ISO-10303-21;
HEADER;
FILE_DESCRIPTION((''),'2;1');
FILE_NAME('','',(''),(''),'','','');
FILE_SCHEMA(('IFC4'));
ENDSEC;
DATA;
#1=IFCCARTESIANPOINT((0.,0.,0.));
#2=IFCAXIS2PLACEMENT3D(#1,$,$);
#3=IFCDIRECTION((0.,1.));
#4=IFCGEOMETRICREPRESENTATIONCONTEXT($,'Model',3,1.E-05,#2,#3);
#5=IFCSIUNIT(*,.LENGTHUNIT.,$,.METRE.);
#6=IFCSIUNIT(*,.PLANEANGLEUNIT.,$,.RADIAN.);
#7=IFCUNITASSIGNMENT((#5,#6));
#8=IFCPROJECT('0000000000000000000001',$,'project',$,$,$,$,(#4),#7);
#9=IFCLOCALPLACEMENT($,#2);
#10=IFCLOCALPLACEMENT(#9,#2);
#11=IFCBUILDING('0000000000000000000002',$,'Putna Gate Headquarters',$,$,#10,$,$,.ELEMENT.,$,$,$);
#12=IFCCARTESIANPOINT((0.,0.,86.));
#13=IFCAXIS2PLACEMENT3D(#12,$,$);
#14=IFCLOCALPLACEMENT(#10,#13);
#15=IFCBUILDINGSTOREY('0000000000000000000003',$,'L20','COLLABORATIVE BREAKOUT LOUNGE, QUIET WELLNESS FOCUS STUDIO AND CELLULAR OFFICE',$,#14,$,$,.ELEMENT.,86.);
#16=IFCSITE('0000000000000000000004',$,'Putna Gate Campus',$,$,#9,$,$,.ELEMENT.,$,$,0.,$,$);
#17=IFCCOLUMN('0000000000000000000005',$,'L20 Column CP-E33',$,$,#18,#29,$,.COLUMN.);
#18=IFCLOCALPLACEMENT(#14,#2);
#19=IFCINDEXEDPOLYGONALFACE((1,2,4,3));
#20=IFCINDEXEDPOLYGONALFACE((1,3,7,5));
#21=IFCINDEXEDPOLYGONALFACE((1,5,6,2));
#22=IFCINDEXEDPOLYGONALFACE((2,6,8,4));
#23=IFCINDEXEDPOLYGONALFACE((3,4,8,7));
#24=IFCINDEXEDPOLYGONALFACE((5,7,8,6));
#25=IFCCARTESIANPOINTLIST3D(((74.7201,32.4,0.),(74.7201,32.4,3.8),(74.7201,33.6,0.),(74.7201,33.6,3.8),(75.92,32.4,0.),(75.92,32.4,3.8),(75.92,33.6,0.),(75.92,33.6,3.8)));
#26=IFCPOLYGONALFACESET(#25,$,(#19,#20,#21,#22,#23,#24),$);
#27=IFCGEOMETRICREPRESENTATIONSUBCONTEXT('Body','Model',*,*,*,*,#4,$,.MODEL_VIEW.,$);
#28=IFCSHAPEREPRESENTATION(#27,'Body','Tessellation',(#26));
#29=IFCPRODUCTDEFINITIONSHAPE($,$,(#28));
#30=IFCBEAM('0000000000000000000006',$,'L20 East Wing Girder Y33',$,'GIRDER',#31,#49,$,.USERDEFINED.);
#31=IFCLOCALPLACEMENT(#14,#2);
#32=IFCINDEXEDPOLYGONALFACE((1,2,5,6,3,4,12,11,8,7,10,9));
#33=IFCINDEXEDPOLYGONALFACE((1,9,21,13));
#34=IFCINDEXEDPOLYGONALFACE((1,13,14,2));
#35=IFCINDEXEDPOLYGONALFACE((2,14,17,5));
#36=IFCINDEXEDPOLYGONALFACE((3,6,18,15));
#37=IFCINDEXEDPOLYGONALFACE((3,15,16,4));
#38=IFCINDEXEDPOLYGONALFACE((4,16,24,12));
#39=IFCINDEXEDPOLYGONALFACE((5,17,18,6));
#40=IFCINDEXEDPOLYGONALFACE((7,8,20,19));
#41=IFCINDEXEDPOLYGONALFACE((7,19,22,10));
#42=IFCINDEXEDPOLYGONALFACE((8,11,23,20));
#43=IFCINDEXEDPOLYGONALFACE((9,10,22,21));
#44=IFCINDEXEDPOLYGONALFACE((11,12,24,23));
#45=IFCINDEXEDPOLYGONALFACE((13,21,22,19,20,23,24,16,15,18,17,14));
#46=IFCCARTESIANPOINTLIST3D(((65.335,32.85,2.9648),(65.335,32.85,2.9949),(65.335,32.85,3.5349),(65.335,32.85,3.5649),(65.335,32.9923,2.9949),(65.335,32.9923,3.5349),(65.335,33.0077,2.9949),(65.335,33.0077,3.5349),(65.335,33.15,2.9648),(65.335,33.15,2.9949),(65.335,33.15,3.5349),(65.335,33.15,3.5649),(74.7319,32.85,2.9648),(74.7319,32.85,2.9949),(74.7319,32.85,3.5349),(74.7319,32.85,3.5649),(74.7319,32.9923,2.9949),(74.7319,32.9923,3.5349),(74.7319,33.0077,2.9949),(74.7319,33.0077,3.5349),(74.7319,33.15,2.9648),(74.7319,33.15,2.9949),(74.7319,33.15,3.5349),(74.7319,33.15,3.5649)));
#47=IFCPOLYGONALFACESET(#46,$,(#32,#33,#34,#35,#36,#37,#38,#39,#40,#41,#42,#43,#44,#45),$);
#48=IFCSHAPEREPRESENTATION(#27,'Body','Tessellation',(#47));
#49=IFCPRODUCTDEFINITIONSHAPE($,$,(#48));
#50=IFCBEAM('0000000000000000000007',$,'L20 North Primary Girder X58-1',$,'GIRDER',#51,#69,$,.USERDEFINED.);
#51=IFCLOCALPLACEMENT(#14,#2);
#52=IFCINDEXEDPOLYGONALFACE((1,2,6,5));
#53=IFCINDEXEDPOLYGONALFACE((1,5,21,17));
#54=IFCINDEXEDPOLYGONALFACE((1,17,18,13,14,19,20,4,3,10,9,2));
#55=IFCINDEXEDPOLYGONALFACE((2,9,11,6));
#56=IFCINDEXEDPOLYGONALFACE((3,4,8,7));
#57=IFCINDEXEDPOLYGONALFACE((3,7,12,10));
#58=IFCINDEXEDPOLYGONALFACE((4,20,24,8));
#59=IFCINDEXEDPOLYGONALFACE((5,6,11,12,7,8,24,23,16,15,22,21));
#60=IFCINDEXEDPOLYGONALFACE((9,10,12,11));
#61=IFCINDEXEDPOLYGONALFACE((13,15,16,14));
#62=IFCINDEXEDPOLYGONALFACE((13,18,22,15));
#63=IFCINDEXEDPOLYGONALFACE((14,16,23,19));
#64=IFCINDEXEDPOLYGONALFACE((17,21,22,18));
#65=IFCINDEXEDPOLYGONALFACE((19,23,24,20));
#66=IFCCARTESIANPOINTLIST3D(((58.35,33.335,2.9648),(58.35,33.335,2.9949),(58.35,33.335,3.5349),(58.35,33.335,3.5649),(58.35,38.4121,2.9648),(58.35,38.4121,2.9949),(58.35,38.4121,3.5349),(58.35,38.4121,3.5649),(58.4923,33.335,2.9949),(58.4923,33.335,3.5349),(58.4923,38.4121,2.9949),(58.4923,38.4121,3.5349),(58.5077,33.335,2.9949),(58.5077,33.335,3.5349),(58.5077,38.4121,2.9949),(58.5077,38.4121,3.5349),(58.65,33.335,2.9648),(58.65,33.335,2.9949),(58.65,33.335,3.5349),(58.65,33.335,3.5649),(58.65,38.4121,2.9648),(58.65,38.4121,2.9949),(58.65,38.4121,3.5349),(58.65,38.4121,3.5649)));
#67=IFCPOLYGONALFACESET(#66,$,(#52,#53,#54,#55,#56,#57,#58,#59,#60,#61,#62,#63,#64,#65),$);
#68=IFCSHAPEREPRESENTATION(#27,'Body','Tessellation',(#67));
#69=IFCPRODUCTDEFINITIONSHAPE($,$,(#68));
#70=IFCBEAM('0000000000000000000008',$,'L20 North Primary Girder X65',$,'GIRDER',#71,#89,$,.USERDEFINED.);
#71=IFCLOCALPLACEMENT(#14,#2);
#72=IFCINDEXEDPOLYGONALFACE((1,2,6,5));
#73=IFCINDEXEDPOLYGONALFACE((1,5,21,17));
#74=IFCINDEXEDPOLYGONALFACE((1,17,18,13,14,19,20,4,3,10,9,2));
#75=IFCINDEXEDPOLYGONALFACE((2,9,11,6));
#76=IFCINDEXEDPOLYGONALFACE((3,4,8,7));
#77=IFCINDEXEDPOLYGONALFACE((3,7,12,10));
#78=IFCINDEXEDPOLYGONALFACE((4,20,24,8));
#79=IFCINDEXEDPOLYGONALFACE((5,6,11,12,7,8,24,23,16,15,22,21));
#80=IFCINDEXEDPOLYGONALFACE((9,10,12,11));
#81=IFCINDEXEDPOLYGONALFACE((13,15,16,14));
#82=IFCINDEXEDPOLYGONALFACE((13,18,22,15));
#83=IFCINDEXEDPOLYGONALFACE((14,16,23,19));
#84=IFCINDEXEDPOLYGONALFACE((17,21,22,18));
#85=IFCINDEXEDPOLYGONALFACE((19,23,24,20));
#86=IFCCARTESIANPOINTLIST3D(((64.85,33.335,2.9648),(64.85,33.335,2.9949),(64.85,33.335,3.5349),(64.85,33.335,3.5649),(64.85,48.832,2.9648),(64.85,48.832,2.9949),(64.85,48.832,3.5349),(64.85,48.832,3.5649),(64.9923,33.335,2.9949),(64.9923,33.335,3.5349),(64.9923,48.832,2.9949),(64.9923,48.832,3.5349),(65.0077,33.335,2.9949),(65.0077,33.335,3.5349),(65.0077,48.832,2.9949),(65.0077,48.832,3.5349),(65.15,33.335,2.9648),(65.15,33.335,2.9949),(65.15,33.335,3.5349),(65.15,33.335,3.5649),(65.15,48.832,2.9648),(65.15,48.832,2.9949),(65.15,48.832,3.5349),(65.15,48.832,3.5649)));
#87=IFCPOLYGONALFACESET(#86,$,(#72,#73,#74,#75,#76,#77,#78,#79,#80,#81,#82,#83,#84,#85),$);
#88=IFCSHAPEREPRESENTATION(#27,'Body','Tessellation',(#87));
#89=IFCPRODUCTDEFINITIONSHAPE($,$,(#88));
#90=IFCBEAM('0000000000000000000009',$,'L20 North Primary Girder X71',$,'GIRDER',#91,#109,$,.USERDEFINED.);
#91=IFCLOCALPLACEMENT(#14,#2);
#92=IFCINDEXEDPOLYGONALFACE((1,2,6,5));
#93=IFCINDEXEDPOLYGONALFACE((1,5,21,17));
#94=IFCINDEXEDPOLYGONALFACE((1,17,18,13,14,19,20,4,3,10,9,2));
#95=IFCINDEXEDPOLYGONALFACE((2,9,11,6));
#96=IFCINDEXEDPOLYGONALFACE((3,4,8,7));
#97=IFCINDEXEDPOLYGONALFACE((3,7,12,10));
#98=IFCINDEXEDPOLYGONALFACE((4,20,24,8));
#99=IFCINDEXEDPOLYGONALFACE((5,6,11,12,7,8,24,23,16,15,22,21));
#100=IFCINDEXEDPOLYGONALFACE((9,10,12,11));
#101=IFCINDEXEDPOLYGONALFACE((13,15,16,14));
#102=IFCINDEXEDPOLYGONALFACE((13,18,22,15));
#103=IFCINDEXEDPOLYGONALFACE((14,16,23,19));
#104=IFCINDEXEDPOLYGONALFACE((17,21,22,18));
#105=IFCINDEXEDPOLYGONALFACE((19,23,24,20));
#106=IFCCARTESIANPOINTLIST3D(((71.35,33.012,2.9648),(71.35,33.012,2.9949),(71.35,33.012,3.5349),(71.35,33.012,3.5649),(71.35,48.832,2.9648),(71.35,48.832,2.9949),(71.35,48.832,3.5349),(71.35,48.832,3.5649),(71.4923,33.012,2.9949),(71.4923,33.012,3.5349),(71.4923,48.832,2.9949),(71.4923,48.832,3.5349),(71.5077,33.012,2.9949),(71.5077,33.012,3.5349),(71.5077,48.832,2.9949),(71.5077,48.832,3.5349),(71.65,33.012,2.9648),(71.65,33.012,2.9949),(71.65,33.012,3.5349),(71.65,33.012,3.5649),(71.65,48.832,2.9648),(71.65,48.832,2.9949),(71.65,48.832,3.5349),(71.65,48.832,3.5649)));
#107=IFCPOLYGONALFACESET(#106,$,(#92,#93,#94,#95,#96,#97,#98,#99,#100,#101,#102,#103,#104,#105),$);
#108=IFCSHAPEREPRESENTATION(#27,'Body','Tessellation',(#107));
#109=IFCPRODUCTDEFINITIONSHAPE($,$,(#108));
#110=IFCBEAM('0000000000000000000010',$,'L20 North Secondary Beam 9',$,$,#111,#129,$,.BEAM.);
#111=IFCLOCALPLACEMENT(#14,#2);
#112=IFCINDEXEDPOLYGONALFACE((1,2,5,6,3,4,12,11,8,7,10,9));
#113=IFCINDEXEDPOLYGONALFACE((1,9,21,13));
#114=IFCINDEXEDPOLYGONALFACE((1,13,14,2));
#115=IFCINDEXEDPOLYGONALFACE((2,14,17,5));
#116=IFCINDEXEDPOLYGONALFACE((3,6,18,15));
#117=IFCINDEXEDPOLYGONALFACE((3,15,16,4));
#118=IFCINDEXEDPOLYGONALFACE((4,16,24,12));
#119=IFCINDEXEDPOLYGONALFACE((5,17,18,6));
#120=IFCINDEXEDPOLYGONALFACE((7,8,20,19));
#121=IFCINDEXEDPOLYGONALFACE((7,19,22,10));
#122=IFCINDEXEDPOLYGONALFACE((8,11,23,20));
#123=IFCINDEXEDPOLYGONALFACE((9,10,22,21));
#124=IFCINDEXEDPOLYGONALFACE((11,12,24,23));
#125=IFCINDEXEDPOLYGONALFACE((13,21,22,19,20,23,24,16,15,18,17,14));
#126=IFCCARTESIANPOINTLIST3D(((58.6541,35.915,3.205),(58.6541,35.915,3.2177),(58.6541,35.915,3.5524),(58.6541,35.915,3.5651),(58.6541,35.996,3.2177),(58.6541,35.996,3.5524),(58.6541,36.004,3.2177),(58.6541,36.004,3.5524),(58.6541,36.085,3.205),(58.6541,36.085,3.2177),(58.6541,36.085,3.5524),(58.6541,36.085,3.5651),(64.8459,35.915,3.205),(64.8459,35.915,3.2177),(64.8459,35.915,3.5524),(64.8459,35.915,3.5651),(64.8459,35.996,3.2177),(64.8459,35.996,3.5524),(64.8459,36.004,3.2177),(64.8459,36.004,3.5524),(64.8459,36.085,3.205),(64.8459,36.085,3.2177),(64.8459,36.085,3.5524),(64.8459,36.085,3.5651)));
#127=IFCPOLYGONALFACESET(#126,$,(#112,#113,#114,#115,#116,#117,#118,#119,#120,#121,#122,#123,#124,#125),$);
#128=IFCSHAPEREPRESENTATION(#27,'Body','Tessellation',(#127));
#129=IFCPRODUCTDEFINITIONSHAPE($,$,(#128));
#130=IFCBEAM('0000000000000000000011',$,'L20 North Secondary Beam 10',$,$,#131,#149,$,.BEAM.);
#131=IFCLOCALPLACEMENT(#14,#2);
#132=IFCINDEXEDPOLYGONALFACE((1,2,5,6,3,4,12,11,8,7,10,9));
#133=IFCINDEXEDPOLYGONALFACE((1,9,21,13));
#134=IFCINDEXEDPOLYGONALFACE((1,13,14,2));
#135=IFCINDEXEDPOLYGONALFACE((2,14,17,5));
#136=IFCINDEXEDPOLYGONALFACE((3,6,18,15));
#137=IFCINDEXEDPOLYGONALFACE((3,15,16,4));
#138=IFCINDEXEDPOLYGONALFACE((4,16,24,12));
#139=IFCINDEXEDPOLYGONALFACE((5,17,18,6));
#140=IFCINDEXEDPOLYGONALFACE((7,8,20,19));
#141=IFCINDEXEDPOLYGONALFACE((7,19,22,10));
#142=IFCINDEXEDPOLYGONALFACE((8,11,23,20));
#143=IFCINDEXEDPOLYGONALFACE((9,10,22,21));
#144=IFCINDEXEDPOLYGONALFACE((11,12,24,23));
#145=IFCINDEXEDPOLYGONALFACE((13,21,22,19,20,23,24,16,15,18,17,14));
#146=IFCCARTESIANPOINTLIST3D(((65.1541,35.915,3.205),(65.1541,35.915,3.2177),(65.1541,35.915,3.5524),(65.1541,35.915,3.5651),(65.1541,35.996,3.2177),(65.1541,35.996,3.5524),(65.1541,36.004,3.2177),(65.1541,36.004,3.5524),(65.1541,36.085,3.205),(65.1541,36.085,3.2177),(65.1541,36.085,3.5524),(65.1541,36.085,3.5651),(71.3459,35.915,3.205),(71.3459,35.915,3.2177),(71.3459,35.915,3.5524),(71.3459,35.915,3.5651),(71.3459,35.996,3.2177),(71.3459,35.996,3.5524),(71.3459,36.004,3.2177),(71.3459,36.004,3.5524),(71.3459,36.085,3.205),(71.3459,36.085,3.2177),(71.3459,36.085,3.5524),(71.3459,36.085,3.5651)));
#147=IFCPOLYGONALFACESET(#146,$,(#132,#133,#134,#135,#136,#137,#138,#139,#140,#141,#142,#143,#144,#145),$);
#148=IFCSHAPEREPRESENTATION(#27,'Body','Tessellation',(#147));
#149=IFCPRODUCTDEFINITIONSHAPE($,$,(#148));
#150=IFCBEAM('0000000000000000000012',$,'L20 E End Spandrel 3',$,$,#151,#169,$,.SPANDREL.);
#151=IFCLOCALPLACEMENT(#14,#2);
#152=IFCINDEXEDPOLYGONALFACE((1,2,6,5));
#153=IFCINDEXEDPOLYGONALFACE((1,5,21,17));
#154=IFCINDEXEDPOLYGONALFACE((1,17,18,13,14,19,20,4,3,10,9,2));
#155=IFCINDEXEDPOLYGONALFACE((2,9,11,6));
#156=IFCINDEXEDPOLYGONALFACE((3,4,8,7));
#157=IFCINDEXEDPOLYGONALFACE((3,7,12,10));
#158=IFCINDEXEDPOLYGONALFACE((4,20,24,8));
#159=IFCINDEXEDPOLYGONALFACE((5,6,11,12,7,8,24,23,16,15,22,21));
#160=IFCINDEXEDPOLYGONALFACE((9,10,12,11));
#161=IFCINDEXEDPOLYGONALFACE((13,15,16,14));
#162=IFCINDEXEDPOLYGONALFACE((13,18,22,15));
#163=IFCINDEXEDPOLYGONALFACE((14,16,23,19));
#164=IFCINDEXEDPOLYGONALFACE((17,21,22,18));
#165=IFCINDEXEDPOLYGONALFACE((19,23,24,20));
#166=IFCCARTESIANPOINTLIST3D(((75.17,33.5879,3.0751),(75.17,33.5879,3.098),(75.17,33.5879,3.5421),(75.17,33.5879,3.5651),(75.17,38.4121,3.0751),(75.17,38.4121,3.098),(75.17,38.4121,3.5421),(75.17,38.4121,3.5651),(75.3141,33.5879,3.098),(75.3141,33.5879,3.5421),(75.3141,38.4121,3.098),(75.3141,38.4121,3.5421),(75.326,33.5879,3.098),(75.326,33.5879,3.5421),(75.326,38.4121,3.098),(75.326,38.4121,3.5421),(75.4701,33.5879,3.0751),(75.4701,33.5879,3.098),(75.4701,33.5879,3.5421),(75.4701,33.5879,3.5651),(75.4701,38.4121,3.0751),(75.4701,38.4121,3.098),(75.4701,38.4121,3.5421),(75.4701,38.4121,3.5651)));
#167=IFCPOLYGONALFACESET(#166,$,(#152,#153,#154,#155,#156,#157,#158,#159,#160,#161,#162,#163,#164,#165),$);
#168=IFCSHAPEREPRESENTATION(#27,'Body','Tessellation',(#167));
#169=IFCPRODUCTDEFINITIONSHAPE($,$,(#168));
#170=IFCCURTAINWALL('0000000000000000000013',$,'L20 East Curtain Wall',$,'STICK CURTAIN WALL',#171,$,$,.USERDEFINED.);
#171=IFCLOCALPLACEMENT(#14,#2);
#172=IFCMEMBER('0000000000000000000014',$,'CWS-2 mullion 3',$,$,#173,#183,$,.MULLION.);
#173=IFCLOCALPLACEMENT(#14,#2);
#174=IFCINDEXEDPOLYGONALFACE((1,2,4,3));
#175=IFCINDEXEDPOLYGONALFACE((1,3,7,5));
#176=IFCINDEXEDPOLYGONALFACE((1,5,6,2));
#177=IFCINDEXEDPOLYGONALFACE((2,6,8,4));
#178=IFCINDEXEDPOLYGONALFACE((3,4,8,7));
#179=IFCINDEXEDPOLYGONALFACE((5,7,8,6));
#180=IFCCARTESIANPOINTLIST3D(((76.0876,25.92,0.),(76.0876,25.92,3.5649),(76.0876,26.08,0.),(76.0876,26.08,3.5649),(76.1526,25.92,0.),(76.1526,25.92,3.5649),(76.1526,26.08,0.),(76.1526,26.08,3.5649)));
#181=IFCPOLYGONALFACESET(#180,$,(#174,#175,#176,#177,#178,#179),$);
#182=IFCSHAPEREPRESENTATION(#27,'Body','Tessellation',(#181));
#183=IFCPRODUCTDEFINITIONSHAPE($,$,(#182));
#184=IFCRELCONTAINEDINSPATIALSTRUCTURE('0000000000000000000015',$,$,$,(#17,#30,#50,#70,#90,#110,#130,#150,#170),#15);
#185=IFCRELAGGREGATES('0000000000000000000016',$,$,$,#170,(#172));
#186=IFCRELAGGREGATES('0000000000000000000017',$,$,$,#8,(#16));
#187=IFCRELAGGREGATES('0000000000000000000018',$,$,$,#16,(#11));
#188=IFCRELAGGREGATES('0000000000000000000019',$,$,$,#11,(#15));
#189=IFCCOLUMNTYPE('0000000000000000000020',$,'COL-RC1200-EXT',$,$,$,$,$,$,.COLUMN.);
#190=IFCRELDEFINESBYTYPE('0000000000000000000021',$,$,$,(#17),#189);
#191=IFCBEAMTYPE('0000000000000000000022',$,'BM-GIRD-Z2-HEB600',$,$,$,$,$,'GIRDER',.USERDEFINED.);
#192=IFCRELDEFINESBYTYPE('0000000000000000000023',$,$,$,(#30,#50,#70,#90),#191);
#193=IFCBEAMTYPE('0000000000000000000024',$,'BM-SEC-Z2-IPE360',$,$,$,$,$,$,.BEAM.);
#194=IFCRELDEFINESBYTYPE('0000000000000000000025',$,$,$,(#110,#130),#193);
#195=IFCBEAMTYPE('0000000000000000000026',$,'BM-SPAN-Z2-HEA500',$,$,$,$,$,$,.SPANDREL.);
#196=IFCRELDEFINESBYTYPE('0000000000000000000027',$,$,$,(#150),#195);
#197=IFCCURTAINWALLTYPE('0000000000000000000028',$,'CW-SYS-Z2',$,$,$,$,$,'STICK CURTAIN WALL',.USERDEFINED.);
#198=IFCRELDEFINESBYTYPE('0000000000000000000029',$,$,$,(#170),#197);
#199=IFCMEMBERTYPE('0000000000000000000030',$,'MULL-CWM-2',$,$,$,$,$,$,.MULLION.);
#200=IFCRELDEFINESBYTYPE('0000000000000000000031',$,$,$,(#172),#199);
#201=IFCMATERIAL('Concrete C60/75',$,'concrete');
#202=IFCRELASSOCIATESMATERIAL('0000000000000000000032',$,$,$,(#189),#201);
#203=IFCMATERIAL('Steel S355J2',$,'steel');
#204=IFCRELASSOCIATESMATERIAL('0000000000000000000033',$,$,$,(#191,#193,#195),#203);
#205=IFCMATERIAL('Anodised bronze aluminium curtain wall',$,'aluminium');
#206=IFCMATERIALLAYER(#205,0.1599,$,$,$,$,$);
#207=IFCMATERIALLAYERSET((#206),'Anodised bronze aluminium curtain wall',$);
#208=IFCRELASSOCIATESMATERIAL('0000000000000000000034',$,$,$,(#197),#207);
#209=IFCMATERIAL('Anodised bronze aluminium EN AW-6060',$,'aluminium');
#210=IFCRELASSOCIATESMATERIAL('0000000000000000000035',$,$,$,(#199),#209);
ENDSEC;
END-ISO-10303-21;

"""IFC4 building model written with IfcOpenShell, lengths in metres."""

from ifc_helpers import new_model, si_unit, direction, frame, origin, origin_2d, place, context, subcontext, project, spatial, rectangle, i_section, extrude, material, layer, layer_set, material_profile, profile_set, type_object, element, aggregate, save


model = new_model("IFC4")

# Units and contexts
model_context = context("Model", 3, precision=1e-05, world=origin(), true_north=direction((0.0, 1.0)))
body_context = subcontext(model_context, "Body", "Model", "MODEL_VIEW")
ifc_project = project(units=[si_unit("LENGTHUNIT", "METRE"), si_unit("PLANEANGLEUNIT", "RADIAN")], contexts=[model_context])

# Site, building, storey
site_placement = place(None, origin())
site = spatial("IfcSite", under=ifc_project, at=site_placement, Name="Putna Gate Campus", CompositionType="ELEMENT", RefElevation=0.0)
building_placement = place(site_placement, origin())
building = spatial("IfcBuilding", under=site, at=building_placement, Name="Putna Gate Headquarters", CompositionType="ELEMENT")
storey_placement = place(building_placement, frame((0.0, 0.0, 86.0)))
storey = spatial("IfcBuildingStorey", under=building, at=storey_placement, Name="L20", Description="COLLABORATIVE BREAKOUT LOUNGE, QUIET WELLNESS FOCUS STUDIO AND CELLULAR OFFICE", CompositionType="ELEMENT", Elevation=86.0)

# Column
ifc_material_1 = material(Name="Concrete C60/75", Category="concrete")
ifc_material_profile_1 = material_profile(ifc_material_1, rectangle(XDim=1.2, YDim=1.2, at=origin_2d()), Name="Concrete C60/75")
ifc_profile_set_1 = profile_set([ifc_material_profile_1], Name="Concrete C60/75")
column_type = type_object("IfcColumnType", Name="COL-RC1200-EXT", PredefinedType="COLUMN", material=ifc_profile_set_1)
column_placement = place(storey_placement, frame((75.3201, 33.0, 0.0), z_axis=(0.0, 0.0, 1.0), x_axis=(1.0, 0.0, 0.0)))
element("IfcColumn", 1, at=column_placement, inside=storey, type_object=column_type, Name="L20 Column CP-E33", PredefinedType="COLUMN", context=body_context, shape_type="SweptSolid", body=[
    extrude(rectangle(XDim=1.2, YDim=1.2, at=origin_2d()), origin(), (0.0, 0.0, 1.0), 3.8),
])

# Beams
ifc_material_2 = material(Name="Steel S355J2", Category="steel")
ifc_material_profile_2 = material_profile(ifc_material_2, i_section(OverallWidth=0.3, OverallDepth=0.6001, WebThickness=0.0154, FlangeThickness=0.03, at=origin_2d()), Name="Steel S355J2")
ifc_profile_set_2 = profile_set([ifc_material_profile_2], Name="Steel S355J2")
beam_type_1 = type_object("IfcBeamType", Name="BM-GIRD-Z2-HEB600", ElementType="GIRDER", PredefinedType="USERDEFINED", material=ifc_profile_set_2)
beam_1_placement = place(storey_placement, frame((65.335, 33.0, 3.2649), z_axis=(1.0, 0.0, 0.0), x_axis=(0.0, 1.0, 0.0)))
element("IfcBeam", 2, at=beam_1_placement, inside=storey, type_object=beam_type_1, Name="L20 East Wing Girder Y33", ObjectType="GIRDER", PredefinedType="USERDEFINED", context=body_context, shape_type="SweptSolid", body=[
    extrude(i_section(OverallWidth=0.3, OverallDepth=0.6001, WebThickness=0.0154, FlangeThickness=0.03, at=origin_2d()), origin(), (0.0, 0.0, 1.0), 9.397),
])
beam_2_placement = place(storey_placement, frame((58.5, 33.335, 3.2649), z_axis=(0.0, 1.0, 0.0), x_axis=(-1.0, 0.0, 0.0)))
element("IfcBeam", 3, at=beam_2_placement, inside=storey, type_object=beam_type_1, Name="L20 North Primary Girder X58-1", ObjectType="GIRDER", PredefinedType="USERDEFINED", context=body_context, shape_type="SweptSolid", body=[
    extrude(i_section(OverallWidth=0.3, OverallDepth=0.6001, WebThickness=0.0154, FlangeThickness=0.03, at=origin_2d()), origin(), (0.0, 0.0, 1.0), 5.0771),
])
beam_3_placement = place(storey_placement, frame((65.0, 33.335, 3.2649), z_axis=(0.0, 1.0, 0.0), x_axis=(-1.0, 0.0, 0.0)))
element("IfcBeam", 4, at=beam_3_placement, inside=storey, type_object=beam_type_1, Name="L20 North Primary Girder X65", ObjectType="GIRDER", PredefinedType="USERDEFINED", context=body_context, shape_type="SweptSolid", body=[
    extrude(i_section(OverallWidth=0.3, OverallDepth=0.6001, WebThickness=0.0154, FlangeThickness=0.03, at=origin_2d()), origin(), (0.0, 0.0, 1.0), 15.4971),
])
beam_4_placement = place(storey_placement, frame((71.5, 33.012, 3.2649), z_axis=(0.0, 1.0, 0.0), x_axis=(-1.0, 0.0, 0.0)))
element("IfcBeam", 5, at=beam_4_placement, inside=storey, type_object=beam_type_1, Name="L20 North Primary Girder X71", ObjectType="GIRDER", PredefinedType="USERDEFINED", context=body_context, shape_type="SweptSolid", body=[
    extrude(i_section(OverallWidth=0.3, OverallDepth=0.6001, WebThickness=0.0154, FlangeThickness=0.03, at=origin_2d()), origin(), (0.0, 0.0, 1.0), 15.8201),
])
ifc_material_profile_3 = material_profile(ifc_material_2, i_section(OverallWidth=0.1699, OverallDepth=0.3601, WebThickness=0.0081, FlangeThickness=0.0127, at=origin_2d()), Name="Steel S355J2")
ifc_profile_set_3 = profile_set([ifc_material_profile_3], Name="Steel S355J2")
beam_type_2 = type_object("IfcBeamType", Name="BM-SEC-Z2-IPE360", PredefinedType="BEAM", material=ifc_profile_set_3)
for number, where, z_axis, x_axis, name in (
    (6, (58.6541, 36.0, 3.385), (1.0, 0.0, 0.0), (0.0, 1.0, 0.0), "L20 North Secondary Beam 9"),
    (7, (65.1541, 36.0, 3.385), (1.0, 0.0, 0.0), (0.0, 1.0, 0.0), "L20 North Secondary Beam 10"),
):
    element("IfcBeam", number, at=place(storey_placement, frame(where, z_axis=z_axis, x_axis=x_axis)), inside=storey, type_object=beam_type_2, Name=name, PredefinedType="BEAM", context=body_context, shape_type="SweptSolid", body=[
        extrude(i_section(OverallWidth=0.1699, OverallDepth=0.3601, WebThickness=0.0081, FlangeThickness=0.0127, at=origin_2d()), origin(), (0.0, 0.0, 1.0), 6.1919),
    ])
ifc_material_profile_4 = material_profile(ifc_material_2, i_section(OverallWidth=0.3, OverallDepth=0.49, WebThickness=0.012, FlangeThickness=0.0229, at=origin_2d()), Name="Steel S355J2")
ifc_profile_set_4 = profile_set([ifc_material_profile_4], Name="Steel S355J2")
beam_type_3 = type_object("IfcBeamType", Name="BM-SPAN-Z2-HEA500", PredefinedType="SPANDREL", material=ifc_profile_set_4)
beam_5_placement = place(storey_placement, frame((75.3201, 33.5879, 3.3201), z_axis=(0.0, 1.0, 0.0), x_axis=(-1.0, 0.0, 0.0)))
element("IfcBeam", 8, at=beam_5_placement, inside=storey, type_object=beam_type_3, Name="L20 E End Spandrel 3", PredefinedType="SPANDREL", context=body_context, shape_type="SweptSolid", body=[
    extrude(i_section(OverallWidth=0.3, OverallDepth=0.49, WebThickness=0.012, FlangeThickness=0.0229, at=origin_2d()), origin(), (0.0, 0.0, 1.0), 4.8242),
])

# Curtain wall, member
ifc_material_3 = material(Name="Anodised bronze aluminium curtain wall", Category="aluminium")
ifc_layer_1 = layer(ifc_material_3, 0.1599)
ifc_layer_set_1 = layer_set([ifc_layer_1], Name="Anodised bronze aluminium curtain wall")
curtain_wall_type = type_object("IfcCurtainWallType", Name="CW-SYS-Z2", ElementType="STICK CURTAIN WALL", PredefinedType="USERDEFINED", material=ifc_layer_set_1)
curtain_wall_placement = place(storey_placement, origin())
curtain_wall = element("IfcCurtainWall", 9, at=curtain_wall_placement, inside=storey, type_object=curtain_wall_type, Name="L20 East Curtain Wall", ObjectType="STICK CURTAIN WALL", PredefinedType="USERDEFINED")
ifc_material_4 = material(Name="Anodised bronze aluminium EN AW-6060", Category="aluminium")
ifc_material_profile_5 = material_profile(ifc_material_4, rectangle(XDim=0.0649, YDim=0.1599, at=origin_2d()), Name="Anodised bronze aluminium EN AW-6060")
ifc_profile_set_5 = profile_set([ifc_material_profile_5], Name="Anodised bronze aluminium EN AW-6060")
member_type_1 = type_object("IfcMemberType", Name="MULL-CWM-2", PredefinedType="MULLION", material=ifc_profile_set_5)
member_1_placement = place(storey_placement, frame((76.1201, 26.0, 0.0), z_axis=(0.0, 0.0, 1.0), x_axis=(-1.0, 0.0, 0.0)))
member_1 = element("IfcMember", 10, at=member_1_placement, type_object=member_type_1, Name="CWS-2 mullion 3", PredefinedType="MULLION", context=body_context, shape_type="SweptSolid", body=[
    extrude(rectangle(XDim=0.0649, YDim=0.1599, at=origin_2d()), origin(), (0.0, 0.0, 1.0), 3.5649),
])
aggregate(curtain_wall, [member_1])

save(model, "model.ifc")
